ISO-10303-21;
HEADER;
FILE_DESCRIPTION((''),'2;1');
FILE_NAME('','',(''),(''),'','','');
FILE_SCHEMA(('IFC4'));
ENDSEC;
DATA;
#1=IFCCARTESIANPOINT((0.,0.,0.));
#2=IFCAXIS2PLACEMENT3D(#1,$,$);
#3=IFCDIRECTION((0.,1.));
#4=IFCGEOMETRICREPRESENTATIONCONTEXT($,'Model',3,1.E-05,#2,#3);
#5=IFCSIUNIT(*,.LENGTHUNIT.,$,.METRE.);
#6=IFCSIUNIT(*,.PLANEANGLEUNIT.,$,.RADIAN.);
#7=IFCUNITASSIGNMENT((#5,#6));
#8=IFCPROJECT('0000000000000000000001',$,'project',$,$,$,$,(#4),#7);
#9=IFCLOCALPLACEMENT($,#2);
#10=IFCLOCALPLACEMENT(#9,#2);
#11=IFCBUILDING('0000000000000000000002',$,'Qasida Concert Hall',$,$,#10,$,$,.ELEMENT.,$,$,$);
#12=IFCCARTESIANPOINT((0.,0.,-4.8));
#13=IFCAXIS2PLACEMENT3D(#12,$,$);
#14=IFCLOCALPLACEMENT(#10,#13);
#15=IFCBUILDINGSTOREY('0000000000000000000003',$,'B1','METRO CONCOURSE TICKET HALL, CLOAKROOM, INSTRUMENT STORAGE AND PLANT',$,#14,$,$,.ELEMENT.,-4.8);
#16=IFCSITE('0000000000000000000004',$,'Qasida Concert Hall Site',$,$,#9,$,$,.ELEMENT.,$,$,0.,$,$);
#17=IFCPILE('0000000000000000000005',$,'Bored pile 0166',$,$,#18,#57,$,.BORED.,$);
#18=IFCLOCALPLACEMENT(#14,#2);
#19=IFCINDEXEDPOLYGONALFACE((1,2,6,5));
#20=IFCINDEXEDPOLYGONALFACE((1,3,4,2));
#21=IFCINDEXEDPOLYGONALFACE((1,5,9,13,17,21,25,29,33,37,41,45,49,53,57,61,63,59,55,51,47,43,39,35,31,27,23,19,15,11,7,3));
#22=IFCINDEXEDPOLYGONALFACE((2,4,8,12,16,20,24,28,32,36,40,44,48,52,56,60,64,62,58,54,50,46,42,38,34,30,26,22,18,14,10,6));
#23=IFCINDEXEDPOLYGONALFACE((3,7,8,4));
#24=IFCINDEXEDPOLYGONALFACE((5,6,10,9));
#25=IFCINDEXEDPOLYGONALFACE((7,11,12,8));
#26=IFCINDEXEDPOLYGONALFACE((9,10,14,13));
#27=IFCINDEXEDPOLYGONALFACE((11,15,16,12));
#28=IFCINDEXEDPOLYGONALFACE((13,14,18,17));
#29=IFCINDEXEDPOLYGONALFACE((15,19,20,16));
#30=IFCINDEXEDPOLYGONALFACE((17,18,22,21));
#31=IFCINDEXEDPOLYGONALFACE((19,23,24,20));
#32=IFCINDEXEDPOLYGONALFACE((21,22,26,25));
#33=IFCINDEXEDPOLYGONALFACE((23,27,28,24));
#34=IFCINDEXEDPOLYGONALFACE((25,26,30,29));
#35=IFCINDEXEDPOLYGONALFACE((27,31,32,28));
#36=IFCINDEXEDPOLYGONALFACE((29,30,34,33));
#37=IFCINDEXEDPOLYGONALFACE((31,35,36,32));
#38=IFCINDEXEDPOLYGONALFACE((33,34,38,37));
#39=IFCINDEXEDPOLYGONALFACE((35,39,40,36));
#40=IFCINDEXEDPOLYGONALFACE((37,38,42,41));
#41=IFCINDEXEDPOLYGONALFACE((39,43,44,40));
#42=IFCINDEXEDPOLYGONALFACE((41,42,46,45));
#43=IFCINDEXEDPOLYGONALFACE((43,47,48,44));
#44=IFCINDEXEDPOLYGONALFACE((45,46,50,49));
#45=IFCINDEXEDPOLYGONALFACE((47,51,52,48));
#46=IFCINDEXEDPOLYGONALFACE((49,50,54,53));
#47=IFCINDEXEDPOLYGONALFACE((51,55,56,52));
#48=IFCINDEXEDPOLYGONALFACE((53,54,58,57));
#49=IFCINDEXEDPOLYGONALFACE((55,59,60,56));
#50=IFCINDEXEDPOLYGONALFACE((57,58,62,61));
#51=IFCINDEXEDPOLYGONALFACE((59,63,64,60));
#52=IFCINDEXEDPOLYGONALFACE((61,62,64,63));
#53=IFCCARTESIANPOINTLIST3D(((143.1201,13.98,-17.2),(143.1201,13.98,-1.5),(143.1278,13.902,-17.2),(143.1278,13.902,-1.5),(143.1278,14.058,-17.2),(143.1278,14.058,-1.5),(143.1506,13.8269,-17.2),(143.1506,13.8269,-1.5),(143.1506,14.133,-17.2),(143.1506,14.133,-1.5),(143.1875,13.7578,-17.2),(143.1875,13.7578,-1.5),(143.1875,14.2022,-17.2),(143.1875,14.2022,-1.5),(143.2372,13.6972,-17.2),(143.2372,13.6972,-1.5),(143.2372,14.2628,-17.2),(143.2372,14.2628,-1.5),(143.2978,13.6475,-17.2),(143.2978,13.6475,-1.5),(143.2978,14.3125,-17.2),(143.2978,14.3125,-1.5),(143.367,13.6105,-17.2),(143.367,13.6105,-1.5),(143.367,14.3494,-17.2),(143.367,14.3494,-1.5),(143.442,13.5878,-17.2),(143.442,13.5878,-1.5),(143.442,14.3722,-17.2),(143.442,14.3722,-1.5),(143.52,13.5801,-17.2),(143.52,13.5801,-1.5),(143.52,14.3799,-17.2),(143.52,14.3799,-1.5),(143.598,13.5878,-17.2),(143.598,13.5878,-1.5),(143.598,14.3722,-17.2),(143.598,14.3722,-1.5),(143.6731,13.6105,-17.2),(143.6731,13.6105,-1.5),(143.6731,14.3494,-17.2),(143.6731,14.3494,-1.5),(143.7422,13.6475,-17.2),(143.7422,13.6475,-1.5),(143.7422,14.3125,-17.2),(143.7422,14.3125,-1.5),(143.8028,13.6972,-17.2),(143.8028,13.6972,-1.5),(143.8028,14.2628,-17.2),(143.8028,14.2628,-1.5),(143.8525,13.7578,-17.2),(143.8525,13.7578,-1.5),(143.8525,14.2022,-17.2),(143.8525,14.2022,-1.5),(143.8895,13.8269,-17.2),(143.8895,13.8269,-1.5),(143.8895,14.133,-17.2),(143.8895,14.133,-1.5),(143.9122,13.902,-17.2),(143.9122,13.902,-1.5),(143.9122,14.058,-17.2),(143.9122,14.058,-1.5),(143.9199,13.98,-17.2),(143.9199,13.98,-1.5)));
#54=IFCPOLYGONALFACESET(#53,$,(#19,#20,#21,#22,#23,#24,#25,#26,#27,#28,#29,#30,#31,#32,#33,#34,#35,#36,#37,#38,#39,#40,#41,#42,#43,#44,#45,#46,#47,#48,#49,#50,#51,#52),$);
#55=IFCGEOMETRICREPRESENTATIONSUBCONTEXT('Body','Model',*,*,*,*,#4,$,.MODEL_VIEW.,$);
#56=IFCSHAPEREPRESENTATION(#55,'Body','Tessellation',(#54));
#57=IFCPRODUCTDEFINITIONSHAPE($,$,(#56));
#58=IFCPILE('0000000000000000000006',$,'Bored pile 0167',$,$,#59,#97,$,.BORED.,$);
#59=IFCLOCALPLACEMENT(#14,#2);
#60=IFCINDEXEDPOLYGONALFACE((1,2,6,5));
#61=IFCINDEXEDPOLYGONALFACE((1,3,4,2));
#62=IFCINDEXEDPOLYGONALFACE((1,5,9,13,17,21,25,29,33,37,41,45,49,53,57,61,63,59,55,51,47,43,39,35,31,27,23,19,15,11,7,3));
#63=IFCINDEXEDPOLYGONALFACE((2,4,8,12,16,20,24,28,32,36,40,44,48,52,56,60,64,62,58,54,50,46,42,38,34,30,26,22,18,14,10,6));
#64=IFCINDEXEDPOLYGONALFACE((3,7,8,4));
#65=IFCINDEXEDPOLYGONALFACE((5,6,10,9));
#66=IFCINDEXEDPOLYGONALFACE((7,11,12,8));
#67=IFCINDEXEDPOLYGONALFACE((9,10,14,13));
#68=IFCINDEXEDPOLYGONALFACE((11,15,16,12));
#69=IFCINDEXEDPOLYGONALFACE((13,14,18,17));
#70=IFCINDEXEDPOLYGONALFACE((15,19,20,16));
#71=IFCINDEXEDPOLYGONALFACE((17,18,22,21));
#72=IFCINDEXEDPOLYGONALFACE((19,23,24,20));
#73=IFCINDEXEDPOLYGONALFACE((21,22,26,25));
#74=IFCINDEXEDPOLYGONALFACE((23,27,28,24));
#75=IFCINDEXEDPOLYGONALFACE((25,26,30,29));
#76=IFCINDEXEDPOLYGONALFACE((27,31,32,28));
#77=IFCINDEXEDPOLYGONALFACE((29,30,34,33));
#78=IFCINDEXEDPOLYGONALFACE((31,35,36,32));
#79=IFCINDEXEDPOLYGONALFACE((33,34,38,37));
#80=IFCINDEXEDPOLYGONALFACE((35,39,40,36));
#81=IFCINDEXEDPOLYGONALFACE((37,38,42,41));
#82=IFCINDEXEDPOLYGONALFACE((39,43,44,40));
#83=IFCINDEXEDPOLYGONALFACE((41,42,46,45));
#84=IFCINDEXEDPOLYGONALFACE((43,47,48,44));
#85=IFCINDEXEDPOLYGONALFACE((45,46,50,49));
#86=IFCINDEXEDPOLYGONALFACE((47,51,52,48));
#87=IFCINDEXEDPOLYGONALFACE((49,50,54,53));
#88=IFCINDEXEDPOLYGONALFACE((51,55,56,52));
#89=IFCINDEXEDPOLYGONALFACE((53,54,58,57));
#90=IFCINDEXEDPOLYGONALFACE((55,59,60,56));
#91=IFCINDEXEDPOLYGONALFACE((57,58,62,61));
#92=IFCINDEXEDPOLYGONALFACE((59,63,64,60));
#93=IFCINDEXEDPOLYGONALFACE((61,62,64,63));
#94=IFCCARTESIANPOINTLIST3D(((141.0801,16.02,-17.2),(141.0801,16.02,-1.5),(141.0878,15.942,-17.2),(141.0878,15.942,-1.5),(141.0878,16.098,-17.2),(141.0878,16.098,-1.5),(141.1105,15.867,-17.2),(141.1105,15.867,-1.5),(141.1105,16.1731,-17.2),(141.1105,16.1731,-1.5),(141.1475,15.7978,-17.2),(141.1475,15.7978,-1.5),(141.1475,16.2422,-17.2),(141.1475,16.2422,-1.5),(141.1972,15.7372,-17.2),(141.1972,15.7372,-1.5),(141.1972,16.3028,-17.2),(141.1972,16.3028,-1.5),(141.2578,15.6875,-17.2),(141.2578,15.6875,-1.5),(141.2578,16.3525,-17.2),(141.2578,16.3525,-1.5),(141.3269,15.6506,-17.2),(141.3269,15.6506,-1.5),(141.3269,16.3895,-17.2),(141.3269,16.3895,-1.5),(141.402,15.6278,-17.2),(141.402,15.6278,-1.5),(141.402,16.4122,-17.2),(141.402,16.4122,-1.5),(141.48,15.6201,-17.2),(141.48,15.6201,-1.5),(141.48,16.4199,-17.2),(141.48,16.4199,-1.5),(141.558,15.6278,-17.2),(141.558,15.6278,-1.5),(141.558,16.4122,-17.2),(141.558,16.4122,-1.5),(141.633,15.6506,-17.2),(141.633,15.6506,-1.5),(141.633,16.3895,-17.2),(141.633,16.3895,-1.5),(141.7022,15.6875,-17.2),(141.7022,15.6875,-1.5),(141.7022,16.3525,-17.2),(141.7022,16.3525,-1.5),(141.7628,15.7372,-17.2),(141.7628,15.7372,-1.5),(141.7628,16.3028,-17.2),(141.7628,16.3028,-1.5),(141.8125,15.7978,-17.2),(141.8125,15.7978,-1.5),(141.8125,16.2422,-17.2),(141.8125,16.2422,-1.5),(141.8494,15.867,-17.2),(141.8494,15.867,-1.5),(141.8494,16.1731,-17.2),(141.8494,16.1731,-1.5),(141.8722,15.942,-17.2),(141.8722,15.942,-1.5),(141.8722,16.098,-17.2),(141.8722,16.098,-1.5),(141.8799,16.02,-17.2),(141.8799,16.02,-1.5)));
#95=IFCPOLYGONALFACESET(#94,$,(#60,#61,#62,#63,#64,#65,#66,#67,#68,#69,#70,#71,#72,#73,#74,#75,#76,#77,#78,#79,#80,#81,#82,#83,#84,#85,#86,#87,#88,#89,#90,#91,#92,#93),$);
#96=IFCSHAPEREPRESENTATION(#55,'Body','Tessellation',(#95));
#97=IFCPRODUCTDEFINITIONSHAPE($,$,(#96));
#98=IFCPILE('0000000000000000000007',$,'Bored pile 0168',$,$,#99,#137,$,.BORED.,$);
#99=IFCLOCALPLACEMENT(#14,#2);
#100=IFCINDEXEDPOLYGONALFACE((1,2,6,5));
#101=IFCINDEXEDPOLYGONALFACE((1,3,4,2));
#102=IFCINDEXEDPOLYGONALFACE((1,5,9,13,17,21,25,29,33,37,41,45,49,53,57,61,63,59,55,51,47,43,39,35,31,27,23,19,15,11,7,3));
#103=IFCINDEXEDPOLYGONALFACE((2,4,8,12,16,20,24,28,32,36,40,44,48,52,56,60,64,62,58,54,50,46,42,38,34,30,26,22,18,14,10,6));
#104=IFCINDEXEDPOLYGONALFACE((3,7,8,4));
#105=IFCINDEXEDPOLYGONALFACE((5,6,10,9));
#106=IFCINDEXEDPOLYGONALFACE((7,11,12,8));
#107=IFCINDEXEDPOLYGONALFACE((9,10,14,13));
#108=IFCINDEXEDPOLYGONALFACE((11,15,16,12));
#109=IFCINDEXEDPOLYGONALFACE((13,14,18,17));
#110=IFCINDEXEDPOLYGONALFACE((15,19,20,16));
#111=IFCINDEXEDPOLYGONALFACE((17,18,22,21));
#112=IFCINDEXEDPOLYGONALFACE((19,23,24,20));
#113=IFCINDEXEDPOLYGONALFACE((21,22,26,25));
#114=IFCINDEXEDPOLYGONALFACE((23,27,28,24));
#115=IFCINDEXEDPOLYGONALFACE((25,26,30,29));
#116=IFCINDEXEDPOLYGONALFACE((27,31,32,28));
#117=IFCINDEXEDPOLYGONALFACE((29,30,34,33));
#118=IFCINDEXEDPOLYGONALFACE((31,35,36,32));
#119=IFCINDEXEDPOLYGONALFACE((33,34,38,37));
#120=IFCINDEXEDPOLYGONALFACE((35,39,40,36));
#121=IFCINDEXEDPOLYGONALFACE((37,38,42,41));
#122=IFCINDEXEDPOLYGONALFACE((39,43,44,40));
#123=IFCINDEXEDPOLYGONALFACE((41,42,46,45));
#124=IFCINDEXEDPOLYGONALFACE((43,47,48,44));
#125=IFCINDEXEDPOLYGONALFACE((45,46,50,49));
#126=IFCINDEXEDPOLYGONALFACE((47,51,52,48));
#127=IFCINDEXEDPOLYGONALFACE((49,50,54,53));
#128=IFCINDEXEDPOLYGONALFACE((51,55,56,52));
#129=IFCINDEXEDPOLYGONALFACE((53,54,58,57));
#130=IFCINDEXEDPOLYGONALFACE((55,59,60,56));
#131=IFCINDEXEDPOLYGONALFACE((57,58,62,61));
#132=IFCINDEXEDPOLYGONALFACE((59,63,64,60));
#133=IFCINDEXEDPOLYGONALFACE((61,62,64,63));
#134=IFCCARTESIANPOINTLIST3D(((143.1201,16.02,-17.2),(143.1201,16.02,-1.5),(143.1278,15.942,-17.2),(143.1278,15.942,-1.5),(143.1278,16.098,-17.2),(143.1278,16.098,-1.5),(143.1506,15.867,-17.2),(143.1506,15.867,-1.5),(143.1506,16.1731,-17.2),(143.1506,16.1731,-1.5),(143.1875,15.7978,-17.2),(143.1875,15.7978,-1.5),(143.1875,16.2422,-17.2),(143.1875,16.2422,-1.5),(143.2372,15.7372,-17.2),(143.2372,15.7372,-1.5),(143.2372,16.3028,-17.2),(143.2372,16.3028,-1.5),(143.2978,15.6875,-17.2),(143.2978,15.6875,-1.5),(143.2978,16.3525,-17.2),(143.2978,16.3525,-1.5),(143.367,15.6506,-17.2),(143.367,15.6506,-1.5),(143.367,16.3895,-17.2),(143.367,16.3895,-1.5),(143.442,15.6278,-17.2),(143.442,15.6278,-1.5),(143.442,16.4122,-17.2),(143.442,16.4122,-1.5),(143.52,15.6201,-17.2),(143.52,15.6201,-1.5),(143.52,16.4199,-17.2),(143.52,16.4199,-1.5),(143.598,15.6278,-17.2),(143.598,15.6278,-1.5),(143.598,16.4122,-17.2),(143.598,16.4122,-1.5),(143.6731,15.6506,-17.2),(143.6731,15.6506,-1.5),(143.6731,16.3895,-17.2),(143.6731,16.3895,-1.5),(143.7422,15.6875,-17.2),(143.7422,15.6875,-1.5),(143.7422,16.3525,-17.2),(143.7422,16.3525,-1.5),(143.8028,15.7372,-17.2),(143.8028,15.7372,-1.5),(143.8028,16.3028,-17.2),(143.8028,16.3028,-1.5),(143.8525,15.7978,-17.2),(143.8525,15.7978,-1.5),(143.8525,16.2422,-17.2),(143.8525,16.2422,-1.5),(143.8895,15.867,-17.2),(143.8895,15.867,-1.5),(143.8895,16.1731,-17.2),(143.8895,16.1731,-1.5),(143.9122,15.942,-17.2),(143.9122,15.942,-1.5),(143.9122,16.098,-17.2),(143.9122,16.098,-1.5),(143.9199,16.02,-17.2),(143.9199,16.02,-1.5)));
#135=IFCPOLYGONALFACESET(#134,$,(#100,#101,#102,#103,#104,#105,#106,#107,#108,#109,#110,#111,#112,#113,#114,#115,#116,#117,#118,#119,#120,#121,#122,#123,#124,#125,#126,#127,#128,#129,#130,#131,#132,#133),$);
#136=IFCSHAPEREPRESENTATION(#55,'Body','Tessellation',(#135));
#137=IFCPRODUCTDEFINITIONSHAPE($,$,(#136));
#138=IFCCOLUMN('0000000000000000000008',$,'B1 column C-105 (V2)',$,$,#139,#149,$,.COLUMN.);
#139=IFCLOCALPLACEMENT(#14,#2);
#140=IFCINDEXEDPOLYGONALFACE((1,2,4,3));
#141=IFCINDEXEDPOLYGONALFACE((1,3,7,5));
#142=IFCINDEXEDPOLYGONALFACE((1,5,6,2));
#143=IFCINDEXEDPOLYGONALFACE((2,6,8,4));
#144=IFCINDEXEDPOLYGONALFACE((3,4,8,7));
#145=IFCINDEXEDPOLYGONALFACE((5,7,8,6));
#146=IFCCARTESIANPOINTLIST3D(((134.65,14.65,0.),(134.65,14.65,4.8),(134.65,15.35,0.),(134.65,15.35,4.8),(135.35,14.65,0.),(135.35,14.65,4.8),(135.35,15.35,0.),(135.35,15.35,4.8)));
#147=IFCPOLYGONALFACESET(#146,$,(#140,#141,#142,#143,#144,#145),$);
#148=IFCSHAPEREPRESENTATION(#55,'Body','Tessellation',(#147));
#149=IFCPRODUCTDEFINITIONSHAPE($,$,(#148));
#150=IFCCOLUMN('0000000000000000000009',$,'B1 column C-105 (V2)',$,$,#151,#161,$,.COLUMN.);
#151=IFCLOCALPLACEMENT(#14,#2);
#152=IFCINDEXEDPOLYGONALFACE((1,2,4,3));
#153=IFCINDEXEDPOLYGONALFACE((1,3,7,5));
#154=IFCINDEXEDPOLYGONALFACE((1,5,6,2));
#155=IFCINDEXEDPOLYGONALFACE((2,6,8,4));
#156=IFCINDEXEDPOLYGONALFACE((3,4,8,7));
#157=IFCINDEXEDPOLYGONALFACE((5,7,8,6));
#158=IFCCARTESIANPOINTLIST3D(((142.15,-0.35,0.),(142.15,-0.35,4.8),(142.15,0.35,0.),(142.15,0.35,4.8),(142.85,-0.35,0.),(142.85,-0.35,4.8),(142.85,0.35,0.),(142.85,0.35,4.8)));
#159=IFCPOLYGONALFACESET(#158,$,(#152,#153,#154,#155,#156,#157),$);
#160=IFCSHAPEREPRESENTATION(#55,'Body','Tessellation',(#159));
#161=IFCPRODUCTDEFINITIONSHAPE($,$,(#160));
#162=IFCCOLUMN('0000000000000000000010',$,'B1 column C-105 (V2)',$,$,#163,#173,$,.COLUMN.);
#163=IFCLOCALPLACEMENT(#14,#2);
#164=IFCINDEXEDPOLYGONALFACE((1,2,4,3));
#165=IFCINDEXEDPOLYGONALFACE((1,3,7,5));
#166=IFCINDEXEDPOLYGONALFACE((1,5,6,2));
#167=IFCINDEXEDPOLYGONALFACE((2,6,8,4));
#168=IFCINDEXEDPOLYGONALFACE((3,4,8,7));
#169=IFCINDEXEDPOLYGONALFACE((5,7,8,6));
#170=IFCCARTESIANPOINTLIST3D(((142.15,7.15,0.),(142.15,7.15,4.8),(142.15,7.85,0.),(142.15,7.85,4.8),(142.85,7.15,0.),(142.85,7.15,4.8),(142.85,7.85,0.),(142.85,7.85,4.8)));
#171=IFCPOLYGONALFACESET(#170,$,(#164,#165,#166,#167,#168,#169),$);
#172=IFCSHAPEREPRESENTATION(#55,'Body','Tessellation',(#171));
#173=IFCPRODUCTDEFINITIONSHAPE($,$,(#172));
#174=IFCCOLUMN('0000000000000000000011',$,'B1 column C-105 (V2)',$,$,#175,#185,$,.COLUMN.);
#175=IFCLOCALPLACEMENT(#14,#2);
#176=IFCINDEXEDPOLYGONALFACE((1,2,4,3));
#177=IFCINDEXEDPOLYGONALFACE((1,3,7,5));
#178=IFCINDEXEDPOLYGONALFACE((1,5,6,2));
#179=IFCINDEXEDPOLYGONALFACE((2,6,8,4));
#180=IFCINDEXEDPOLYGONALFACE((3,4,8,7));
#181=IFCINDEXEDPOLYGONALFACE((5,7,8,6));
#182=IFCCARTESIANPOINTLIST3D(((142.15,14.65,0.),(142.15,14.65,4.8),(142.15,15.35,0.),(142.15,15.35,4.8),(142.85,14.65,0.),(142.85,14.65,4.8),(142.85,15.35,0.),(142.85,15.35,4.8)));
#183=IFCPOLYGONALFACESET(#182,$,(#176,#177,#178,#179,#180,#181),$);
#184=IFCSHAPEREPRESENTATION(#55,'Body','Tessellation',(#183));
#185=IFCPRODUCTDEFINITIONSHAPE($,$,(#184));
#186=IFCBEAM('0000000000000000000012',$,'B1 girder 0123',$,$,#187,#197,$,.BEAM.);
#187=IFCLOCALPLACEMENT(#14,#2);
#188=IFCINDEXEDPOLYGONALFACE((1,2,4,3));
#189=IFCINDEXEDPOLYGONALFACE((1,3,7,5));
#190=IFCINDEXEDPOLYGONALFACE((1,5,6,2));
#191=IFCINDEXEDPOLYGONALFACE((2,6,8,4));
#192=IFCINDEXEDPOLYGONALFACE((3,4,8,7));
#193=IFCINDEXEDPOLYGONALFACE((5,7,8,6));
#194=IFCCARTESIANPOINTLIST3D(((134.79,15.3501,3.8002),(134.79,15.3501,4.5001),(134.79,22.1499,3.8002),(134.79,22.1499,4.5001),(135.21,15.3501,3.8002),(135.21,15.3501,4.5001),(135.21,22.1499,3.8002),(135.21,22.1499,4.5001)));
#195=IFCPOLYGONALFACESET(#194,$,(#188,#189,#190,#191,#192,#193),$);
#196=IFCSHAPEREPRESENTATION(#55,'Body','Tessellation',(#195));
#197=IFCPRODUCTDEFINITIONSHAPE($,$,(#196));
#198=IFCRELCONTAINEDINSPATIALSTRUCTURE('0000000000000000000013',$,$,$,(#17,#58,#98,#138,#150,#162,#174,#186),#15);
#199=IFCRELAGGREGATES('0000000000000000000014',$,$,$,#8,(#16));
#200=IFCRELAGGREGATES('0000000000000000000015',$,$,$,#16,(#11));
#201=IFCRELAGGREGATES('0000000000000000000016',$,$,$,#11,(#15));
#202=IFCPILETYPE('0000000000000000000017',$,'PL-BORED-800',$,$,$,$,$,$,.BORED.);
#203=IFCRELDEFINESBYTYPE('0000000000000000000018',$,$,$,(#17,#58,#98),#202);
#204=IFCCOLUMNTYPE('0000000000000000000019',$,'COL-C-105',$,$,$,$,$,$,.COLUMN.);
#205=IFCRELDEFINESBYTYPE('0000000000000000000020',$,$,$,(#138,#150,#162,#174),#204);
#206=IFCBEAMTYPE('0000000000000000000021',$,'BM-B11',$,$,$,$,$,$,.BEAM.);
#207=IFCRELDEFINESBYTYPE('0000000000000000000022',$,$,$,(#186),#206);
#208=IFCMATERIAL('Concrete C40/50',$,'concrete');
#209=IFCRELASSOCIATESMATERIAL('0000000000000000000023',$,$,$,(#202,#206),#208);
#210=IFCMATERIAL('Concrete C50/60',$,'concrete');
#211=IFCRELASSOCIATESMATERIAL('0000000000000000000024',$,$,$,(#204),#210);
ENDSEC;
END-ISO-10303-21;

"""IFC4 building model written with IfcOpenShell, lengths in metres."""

from ifc_helpers import new_model, si_unit, direction, frame, origin, origin_2d, place, context, subcontext, project, spatial, rectangle, circle, extrude, material, material_profile, profile_set, type_object, element, save


model = new_model("IFC4")

# Units and contexts
model_context = context("Model", 3, precision=1e-05, world=origin(), true_north=direction((0.0, 1.0)))
body_context = subcontext(model_context, "Body", "Model", "MODEL_VIEW")
ifc_project = project(units=[si_unit("LENGTHUNIT", "METRE"), si_unit("PLANEANGLEUNIT", "RADIAN")], contexts=[model_context])

# Site, building, storey
site_placement = place(None, origin())
site = spatial("IfcSite", under=ifc_project, at=site_placement, Name="Qasida Concert Hall Site", CompositionType="ELEMENT", RefElevation=0.0)
building_placement = place(site_placement, origin())
building = spatial("IfcBuilding", under=site, at=building_placement, Name="Qasida Concert Hall", CompositionType="ELEMENT")
storey_placement = place(building_placement, frame((0.0, 0.0, -4.8)))
storey = spatial("IfcBuildingStorey", under=building, at=storey_placement, Name="B1", Description="METRO CONCOURSE TICKET HALL, CLOAKROOM, INSTRUMENT STORAGE AND PLANT", CompositionType="ELEMENT", Elevation=-4.8)

# Shared definitions
ifc_material_1 = material(Name="Concrete C40/50", Category="concrete")

# Piles
ifc_material_profile_1 = material_profile(ifc_material_1, circle(Radius=0.3999, at=origin_2d()), Name="BORED PILE D800")
ifc_profile_set_1 = profile_set([ifc_material_profile_1], Name="Concrete C40/50")
pile_type = type_object("IfcPileType", Name="PL-BORED-800", PredefinedType="BORED", material=ifc_profile_set_1)
for number, where, z_axis, x_axis, name in (
    (1, (143.52, 13.98, -1.5), (0.0, 0.0, -1.0), (1.0, 0.0, 0.0), "Bored pile 0166"),
    (2, (141.48, 16.02, -1.5), (0.0, 0.0, -1.0), (1.0, 0.0, 0.0), "Bored pile 0167"),
    (3, (143.52, 16.02, -1.5), (0.0, 0.0, -1.0), (1.0, 0.0, 0.0), "Bored pile 0168"),
):
    element("IfcPile", number, at=place(storey_placement, frame(where, z_axis=z_axis, x_axis=x_axis)), inside=storey, type_object=pile_type, Name=name, PredefinedType="BORED", context=body_context, shape_type="SweptSolid", body=[
        extrude(circle(Radius=0.3999, at=origin_2d()), origin(), (0.0, 0.0, 1.0), 15.7),
    ])

# Columns
ifc_material_2 = material(Name="Concrete C50/60", Category="concrete")
ifc_material_profile_2 = material_profile(ifc_material_2, rectangle(XDim=0.7, YDim=0.7, at=origin_2d()), Name="RC 700x700")
ifc_profile_set_2 = profile_set([ifc_material_profile_2], Name="Concrete C50/60")
column_type = type_object("IfcColumnType", Name="COL-C-105", PredefinedType="COLUMN", material=ifc_profile_set_2)
for number, where, z_axis, x_axis, name in (
    (4, (135.0, 15.0, 0.0), (0.0, 0.0, 1.0), (1.0, 0.0, 0.0), "B1 column C-105 (V2)"),
    (5, (142.5, 0.0, 0.0), (0.0, 0.0, 1.0), (1.0, 0.0, 0.0), "B1 column C-105 (V2)"),
    (6, (142.5, 7.5, 0.0), (0.0, 0.0, 1.0), (1.0, 0.0, 0.0), "B1 column C-105 (V2)"),
    (7, (142.5, 15.0, 0.0), (0.0, 0.0, 1.0), (1.0, 0.0, 0.0), "B1 column C-105 (V2)"),
):
    element("IfcColumn", number, at=place(storey_placement, frame(where, z_axis=z_axis, x_axis=x_axis)), inside=storey, type_object=column_type, Name=name, PredefinedType="COLUMN", context=body_context, shape_type="SweptSolid", body=[
        extrude(rectangle(XDim=0.7, YDim=0.7, at=origin_2d()), origin(), (0.0, 0.0, 1.0), 4.8),
    ])

# Beam
ifc_material_profile_3 = material_profile(ifc_material_1, rectangle(XDim=0.4199, YDim=0.7, at=origin_2d()), Name="RC 420x700")
ifc_profile_set_3 = profile_set([ifc_material_profile_3], Name="Concrete C40/50")
beam_type_1 = type_object("IfcBeamType", Name="BM-B11", PredefinedType="BEAM", material=ifc_profile_set_3)
beam_1_placement = place(storey_placement, frame((135.0, 15.3501, 4.1501), z_axis=(0.0, 1.0, 0.0), x_axis=(-1.0, 0.0, 0.0)))
element("IfcBeam", 8, at=beam_1_placement, inside=storey, type_object=beam_type_1, Name="B1 girder 0123", PredefinedType="BEAM", context=body_context, shape_type="SweptSolid", body=[
    extrude(rectangle(XDim=0.4199, YDim=0.7, at=origin_2d()), origin(), (0.0, 0.0, 1.0), 6.7998),
])

save(model, "model.ifc")
